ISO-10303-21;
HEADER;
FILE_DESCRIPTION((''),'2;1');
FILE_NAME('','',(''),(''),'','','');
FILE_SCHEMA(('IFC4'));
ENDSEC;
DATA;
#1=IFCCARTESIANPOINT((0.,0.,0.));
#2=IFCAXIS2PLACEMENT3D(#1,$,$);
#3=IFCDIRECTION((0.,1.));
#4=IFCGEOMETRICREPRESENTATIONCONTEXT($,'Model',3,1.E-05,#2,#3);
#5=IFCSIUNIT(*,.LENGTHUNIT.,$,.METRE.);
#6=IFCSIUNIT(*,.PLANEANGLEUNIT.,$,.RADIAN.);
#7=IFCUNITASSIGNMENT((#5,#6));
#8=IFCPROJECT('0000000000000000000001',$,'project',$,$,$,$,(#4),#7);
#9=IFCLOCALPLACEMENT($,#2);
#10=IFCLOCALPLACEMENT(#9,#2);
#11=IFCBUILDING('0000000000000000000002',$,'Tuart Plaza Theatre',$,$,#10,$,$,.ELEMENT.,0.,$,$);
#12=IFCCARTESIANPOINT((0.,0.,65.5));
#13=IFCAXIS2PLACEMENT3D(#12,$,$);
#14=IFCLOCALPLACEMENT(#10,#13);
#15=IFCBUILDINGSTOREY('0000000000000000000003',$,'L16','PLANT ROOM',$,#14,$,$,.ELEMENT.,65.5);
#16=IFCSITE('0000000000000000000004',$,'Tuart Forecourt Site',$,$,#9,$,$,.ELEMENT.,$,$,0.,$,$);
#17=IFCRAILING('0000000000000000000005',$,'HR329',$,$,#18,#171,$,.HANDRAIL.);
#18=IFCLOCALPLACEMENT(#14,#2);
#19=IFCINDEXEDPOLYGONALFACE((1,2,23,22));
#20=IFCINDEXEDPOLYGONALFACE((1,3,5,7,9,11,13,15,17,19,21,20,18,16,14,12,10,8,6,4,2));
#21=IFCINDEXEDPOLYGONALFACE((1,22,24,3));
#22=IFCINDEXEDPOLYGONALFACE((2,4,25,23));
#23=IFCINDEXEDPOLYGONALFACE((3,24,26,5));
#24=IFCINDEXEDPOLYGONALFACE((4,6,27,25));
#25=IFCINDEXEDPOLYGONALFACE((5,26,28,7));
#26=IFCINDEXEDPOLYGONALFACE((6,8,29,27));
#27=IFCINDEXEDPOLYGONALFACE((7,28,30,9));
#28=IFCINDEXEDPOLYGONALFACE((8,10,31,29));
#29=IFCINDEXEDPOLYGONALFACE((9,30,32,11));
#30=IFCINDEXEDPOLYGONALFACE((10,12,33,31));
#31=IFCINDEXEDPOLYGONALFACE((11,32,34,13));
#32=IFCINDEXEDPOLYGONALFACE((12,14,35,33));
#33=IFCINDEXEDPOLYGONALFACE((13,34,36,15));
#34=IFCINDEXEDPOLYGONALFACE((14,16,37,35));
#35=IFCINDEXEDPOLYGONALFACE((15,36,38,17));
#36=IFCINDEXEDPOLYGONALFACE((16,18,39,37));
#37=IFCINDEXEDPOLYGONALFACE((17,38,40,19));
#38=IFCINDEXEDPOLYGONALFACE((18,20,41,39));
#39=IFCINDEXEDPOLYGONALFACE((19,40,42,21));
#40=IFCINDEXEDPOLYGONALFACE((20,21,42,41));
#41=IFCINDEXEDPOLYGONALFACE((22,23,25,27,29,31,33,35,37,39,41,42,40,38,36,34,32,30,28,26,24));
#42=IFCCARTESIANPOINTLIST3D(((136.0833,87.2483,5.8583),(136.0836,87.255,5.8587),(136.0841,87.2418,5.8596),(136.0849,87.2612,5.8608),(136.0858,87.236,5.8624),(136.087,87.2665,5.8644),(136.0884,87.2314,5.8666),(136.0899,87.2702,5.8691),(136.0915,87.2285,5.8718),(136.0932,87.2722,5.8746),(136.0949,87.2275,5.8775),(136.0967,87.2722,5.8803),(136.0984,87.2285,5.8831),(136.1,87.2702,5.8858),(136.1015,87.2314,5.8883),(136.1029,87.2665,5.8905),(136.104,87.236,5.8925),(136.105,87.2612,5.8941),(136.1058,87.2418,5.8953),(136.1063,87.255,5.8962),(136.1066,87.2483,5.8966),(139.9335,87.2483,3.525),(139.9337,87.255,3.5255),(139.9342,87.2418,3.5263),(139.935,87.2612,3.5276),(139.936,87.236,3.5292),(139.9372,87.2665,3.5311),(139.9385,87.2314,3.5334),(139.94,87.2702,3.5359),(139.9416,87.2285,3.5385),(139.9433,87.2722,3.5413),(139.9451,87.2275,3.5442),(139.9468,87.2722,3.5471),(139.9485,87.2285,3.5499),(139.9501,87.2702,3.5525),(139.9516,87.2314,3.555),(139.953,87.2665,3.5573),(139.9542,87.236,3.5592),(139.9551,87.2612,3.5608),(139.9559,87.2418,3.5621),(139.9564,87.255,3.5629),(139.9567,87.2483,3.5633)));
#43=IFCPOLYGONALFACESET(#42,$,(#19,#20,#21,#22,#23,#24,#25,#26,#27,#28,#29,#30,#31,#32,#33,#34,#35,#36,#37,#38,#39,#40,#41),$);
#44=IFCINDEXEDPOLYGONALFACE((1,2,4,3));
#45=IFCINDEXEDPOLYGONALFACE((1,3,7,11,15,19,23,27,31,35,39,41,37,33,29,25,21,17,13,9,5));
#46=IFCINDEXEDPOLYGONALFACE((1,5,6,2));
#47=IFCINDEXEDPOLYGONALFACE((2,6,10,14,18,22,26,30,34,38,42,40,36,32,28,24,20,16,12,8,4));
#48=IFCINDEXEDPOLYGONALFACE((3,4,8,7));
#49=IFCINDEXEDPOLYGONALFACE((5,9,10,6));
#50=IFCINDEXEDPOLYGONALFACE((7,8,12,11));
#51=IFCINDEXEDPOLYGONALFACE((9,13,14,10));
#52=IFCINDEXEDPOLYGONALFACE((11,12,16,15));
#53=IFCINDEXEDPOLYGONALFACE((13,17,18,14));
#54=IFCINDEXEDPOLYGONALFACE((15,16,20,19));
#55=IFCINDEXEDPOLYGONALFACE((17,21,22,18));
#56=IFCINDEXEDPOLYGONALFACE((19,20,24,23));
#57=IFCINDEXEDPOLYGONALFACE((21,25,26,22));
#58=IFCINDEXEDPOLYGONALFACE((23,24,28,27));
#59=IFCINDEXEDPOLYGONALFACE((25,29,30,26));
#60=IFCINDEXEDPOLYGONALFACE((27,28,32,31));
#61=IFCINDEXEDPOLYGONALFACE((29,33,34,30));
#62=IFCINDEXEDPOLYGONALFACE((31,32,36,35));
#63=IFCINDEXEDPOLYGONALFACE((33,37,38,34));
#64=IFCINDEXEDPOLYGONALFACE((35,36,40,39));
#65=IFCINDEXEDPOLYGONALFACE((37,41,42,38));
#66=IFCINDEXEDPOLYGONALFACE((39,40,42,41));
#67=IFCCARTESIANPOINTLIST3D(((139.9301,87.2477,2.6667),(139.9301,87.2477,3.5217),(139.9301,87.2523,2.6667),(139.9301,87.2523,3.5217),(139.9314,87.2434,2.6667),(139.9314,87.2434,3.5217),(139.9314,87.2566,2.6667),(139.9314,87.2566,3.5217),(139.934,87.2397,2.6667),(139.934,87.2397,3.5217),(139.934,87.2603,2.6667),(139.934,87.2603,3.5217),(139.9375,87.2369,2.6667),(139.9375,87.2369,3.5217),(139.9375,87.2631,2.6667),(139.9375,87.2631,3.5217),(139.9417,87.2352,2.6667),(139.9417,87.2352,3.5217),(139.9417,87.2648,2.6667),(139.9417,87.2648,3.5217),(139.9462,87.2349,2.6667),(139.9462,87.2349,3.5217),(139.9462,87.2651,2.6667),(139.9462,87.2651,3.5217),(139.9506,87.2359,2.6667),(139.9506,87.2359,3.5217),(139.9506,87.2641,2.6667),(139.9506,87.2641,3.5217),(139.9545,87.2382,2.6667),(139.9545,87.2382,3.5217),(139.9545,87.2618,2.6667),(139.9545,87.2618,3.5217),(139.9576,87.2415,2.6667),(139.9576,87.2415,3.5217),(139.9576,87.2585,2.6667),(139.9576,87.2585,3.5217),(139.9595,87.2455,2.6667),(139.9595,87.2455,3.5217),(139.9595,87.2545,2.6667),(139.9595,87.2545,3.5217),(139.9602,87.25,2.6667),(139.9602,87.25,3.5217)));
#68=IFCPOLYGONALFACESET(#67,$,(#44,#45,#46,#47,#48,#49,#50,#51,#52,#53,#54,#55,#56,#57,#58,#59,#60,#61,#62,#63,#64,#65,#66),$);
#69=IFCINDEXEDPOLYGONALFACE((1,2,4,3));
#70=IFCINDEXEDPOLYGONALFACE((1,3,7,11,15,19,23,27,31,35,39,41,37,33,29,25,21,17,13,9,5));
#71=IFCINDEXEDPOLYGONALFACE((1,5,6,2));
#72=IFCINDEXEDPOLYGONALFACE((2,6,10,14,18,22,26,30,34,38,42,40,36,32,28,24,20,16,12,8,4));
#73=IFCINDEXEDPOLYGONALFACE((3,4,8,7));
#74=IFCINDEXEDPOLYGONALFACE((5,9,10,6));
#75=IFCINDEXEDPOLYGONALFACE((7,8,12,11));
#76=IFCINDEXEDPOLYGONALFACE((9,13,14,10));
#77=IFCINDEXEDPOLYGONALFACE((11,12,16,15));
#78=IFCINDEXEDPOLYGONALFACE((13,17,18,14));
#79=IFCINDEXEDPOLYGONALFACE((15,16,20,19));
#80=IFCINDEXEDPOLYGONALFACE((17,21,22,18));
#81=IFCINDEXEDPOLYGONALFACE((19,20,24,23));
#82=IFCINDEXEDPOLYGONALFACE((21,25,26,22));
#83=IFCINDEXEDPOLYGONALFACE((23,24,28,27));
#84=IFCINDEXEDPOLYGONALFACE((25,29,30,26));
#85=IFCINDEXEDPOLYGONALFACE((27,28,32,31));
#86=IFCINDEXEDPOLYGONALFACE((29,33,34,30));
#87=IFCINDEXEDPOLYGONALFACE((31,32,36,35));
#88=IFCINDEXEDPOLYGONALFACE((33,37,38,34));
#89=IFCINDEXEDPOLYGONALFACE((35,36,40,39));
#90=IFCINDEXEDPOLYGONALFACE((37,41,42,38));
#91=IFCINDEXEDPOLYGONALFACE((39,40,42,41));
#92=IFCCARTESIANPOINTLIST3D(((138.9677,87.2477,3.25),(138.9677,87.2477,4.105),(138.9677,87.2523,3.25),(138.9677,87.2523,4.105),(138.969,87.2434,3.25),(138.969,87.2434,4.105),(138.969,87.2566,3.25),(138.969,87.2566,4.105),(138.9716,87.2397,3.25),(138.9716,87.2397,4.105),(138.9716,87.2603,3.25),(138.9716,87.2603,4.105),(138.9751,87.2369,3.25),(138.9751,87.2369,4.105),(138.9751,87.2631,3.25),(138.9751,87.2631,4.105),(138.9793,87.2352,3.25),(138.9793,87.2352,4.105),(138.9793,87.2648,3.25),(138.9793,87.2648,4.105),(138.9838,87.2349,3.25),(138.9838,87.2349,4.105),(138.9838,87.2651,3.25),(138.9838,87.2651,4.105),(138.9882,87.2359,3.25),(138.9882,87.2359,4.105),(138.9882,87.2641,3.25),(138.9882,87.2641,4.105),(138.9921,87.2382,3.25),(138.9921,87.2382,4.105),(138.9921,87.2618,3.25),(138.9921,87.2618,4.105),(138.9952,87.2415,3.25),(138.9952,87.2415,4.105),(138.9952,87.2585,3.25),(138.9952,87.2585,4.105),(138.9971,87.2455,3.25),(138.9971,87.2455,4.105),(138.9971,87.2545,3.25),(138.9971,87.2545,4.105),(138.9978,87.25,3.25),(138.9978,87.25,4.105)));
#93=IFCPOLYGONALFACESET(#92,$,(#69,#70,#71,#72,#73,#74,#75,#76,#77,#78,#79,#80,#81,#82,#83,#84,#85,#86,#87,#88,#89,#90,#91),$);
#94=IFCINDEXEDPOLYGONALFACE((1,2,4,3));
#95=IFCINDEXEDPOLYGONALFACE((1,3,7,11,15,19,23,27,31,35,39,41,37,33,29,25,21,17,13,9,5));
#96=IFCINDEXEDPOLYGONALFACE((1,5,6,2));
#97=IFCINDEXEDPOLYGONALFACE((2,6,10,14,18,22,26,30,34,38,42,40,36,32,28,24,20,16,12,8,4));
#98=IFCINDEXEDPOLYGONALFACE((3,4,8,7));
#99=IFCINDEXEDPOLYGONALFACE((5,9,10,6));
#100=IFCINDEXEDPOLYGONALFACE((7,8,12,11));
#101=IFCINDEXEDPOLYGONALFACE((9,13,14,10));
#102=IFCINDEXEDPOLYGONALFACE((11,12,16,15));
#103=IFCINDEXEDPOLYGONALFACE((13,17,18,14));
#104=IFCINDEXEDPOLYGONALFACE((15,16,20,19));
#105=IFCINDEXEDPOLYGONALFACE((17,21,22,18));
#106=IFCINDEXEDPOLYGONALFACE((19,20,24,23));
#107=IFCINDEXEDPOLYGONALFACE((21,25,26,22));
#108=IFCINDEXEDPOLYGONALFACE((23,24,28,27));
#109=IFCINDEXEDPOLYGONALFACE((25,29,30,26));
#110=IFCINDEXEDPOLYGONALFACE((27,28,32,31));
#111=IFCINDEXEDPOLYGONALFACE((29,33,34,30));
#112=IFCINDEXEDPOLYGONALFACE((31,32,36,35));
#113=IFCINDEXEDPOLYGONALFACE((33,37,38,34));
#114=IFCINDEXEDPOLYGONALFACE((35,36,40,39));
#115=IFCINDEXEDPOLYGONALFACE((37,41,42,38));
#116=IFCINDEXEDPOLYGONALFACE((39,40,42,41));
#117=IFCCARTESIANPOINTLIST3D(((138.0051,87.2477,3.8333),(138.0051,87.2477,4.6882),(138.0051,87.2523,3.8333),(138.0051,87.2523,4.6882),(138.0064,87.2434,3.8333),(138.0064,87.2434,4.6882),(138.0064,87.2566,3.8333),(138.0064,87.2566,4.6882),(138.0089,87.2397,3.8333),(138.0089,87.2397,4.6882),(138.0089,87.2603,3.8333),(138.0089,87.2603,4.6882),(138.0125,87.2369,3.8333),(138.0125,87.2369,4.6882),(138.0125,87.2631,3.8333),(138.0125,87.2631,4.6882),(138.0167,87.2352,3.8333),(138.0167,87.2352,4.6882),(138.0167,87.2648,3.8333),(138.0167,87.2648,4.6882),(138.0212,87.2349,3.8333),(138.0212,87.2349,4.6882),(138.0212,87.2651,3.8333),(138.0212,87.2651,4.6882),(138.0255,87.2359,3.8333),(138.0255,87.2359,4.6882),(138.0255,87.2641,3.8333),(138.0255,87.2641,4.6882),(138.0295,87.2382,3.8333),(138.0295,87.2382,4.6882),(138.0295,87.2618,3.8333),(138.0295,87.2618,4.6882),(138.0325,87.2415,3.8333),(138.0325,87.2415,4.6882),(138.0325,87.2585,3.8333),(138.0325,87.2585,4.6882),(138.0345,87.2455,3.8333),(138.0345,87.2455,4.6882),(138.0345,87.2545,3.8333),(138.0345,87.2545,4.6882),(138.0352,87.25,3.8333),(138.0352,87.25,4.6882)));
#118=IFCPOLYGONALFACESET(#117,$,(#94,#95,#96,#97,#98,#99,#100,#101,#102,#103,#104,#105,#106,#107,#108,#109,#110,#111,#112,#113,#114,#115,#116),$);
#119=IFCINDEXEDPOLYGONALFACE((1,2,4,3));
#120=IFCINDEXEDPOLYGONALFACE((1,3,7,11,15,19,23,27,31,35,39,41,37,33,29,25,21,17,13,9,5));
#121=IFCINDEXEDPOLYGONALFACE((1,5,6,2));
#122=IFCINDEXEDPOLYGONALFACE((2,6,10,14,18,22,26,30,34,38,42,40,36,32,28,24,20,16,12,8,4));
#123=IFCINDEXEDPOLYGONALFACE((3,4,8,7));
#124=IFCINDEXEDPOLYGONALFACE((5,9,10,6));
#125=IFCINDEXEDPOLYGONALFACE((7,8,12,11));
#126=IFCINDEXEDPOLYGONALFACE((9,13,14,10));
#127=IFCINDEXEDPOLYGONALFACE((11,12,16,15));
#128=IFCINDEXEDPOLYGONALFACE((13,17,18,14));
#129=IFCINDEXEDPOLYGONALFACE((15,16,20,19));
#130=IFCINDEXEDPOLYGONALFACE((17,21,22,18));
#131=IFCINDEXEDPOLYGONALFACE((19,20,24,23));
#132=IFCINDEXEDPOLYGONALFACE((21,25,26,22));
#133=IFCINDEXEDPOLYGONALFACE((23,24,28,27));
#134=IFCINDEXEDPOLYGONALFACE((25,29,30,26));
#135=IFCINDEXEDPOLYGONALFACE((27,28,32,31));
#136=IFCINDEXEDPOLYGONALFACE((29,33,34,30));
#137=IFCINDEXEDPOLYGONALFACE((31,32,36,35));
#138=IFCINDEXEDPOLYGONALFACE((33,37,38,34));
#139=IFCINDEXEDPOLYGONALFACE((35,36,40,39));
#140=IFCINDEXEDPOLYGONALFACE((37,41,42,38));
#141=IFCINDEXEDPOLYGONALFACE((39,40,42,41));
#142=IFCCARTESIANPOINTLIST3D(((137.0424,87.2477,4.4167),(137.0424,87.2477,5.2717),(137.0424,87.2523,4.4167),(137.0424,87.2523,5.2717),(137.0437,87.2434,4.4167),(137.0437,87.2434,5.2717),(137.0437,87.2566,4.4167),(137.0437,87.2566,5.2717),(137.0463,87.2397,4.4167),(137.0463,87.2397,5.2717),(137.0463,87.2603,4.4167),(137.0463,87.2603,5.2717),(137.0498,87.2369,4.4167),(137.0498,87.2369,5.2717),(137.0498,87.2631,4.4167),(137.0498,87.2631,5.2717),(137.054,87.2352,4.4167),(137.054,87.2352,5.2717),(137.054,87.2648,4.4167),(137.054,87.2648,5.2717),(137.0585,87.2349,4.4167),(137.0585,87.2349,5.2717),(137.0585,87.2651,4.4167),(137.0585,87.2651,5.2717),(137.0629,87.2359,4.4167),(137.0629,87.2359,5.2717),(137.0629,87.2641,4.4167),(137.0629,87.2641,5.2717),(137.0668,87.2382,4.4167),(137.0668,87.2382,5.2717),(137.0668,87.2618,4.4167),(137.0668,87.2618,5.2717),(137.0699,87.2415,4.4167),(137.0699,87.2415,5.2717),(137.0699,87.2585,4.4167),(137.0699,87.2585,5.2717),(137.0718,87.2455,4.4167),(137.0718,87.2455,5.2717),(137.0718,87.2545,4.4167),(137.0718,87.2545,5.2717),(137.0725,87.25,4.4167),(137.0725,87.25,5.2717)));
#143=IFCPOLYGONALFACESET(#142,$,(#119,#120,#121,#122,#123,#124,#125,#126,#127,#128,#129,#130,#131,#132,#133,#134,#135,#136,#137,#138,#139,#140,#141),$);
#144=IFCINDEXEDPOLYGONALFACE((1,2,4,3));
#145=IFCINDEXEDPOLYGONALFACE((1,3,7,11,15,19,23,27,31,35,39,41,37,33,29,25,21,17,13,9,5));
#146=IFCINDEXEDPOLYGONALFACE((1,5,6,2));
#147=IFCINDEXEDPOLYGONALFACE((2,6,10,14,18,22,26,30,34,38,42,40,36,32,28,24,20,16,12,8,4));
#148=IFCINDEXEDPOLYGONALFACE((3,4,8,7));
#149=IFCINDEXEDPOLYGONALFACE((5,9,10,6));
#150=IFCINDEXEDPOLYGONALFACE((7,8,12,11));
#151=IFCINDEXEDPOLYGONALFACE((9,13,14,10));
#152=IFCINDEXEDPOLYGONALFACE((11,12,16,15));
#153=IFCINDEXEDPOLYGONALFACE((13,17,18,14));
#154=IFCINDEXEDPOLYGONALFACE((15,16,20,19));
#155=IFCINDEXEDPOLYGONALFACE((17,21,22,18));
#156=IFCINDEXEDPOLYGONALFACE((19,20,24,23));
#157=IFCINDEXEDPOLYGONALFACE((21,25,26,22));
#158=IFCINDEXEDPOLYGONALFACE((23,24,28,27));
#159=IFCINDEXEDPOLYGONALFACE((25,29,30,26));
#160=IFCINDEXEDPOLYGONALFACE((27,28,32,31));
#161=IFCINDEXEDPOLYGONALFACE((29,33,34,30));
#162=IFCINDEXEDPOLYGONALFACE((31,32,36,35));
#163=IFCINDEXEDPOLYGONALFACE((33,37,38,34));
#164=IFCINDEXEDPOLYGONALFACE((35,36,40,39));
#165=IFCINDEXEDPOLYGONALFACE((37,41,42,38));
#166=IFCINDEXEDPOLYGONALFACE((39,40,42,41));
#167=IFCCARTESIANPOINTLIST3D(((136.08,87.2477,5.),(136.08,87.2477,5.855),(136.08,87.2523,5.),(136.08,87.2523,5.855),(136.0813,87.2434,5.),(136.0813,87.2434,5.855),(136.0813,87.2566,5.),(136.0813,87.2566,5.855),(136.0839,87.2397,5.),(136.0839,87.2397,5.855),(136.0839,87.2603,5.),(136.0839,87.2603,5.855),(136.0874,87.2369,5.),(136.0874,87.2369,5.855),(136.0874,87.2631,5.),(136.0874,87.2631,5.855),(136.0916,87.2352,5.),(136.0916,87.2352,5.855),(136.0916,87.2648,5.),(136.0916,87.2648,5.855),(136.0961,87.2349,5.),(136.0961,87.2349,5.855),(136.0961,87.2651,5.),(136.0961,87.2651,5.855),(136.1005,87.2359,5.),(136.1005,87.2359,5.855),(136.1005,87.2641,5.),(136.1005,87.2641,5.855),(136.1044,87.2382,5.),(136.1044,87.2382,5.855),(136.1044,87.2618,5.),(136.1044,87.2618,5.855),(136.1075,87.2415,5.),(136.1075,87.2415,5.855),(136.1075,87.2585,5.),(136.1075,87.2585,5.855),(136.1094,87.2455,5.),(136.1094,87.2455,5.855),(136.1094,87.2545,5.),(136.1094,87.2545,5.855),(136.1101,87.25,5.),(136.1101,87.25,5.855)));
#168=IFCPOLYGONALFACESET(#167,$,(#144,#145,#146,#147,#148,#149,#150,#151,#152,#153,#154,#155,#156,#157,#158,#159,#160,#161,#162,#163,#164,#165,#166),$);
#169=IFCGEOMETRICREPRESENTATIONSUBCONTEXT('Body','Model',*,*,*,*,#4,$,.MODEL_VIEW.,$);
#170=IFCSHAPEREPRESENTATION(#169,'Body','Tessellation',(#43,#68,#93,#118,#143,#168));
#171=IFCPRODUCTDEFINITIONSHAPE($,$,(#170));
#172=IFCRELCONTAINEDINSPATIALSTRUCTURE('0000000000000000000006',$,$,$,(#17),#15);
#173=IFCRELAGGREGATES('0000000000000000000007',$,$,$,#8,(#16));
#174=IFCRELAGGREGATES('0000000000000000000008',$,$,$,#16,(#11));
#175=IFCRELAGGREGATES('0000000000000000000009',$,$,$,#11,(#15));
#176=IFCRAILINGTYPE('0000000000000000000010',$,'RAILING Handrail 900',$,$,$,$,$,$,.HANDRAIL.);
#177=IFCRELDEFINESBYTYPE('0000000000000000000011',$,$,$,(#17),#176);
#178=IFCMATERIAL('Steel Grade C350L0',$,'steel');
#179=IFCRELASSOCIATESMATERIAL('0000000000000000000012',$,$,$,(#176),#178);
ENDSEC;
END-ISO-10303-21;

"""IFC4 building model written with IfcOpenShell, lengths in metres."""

from ifc_helpers import new_model, si_unit, direction, frame, origin, origin_2d, place, context, subcontext, project, spatial, circle, extrude, material, type_object, element, save


model = new_model("IFC4")

# Units and contexts
model_context = context("Model", 3, precision=1e-05, world=origin(), true_north=direction((0.0, 1.0)))
body_context = subcontext(model_context, "Body", "Model", "MODEL_VIEW")
ifc_project = project(units=[si_unit("LENGTHUNIT", "METRE"), si_unit("PLANEANGLEUNIT", "RADIAN")], contexts=[model_context])

# Site, building, storey
site_placement = place(None, origin())
site = spatial("IfcSite", under=ifc_project, at=site_placement, Name="Tuart Forecourt Site", CompositionType="ELEMENT", RefElevation=0.0)
building_placement = place(site_placement, origin())
building = spatial("IfcBuilding", under=site, at=building_placement, Name="Tuart Plaza Theatre", CompositionType="ELEMENT", ElevationOfRefHeight=0.0)
storey_placement = place(building_placement, frame((0.0, 0.0, 65.5)))
storey = spatial("IfcBuildingStorey", under=building, at=storey_placement, Name="L16", Description="PLANT ROOM", CompositionType="ELEMENT", Elevation=65.5)

# Railing
ifc_material_1 = material(Name="Steel Grade C350L0", Category="steel")
railing_type_1 = type_object("IfcRailingType", Name="RAILING Handrail 900", PredefinedType="HANDRAIL", material=ifc_material_1)
for number, where, name in (
    (1, (139.9451, 87.25, 2.6667), "HR329"),
):
    element("IfcRailing", number, at=place(storey_placement, frame(where)), inside=storey, type_object=railing_type_1, Name=name, PredefinedType="HANDRAIL", context=body_context, shape_type="SweptSolid", body=[
        extrude(circle(Radius=0.0225, at=origin_2d()), frame((0.0, 0.0, 0.8774), z_axis=(-0.855212, 0.0, 0.518279), x_axis=(0.0, -1.0, 0.0)), (0.0, 0.0, 1.0), 4.502),
        extrude(circle(Radius=0.0151, at=origin_2d()), origin(), (0.0, 0.0, 1.0), 0.855),
        extrude(circle(Radius=0.0151, at=origin_2d()), frame((-0.9624, 0.0, 0.5833)), (0.0, 0.0, 1.0), 0.855),
        extrude(circle(Radius=0.0151, at=origin_2d()), frame((-1.925, 0.0, 1.1665)), (0.0, 0.0, 1.0), 0.855),
        extrude(circle(Radius=0.0151, at=origin_2d()), frame((-2.8877, 0.0, 1.75)), (0.0, 0.0, 1.0), 0.855),
        extrude(circle(Radius=0.0151, at=origin_2d()), frame((-3.8501, 0.0, 2.3333)), (0.0, 0.0, 1.0), 0.855),
    ])

save(model, "model.ifc")
